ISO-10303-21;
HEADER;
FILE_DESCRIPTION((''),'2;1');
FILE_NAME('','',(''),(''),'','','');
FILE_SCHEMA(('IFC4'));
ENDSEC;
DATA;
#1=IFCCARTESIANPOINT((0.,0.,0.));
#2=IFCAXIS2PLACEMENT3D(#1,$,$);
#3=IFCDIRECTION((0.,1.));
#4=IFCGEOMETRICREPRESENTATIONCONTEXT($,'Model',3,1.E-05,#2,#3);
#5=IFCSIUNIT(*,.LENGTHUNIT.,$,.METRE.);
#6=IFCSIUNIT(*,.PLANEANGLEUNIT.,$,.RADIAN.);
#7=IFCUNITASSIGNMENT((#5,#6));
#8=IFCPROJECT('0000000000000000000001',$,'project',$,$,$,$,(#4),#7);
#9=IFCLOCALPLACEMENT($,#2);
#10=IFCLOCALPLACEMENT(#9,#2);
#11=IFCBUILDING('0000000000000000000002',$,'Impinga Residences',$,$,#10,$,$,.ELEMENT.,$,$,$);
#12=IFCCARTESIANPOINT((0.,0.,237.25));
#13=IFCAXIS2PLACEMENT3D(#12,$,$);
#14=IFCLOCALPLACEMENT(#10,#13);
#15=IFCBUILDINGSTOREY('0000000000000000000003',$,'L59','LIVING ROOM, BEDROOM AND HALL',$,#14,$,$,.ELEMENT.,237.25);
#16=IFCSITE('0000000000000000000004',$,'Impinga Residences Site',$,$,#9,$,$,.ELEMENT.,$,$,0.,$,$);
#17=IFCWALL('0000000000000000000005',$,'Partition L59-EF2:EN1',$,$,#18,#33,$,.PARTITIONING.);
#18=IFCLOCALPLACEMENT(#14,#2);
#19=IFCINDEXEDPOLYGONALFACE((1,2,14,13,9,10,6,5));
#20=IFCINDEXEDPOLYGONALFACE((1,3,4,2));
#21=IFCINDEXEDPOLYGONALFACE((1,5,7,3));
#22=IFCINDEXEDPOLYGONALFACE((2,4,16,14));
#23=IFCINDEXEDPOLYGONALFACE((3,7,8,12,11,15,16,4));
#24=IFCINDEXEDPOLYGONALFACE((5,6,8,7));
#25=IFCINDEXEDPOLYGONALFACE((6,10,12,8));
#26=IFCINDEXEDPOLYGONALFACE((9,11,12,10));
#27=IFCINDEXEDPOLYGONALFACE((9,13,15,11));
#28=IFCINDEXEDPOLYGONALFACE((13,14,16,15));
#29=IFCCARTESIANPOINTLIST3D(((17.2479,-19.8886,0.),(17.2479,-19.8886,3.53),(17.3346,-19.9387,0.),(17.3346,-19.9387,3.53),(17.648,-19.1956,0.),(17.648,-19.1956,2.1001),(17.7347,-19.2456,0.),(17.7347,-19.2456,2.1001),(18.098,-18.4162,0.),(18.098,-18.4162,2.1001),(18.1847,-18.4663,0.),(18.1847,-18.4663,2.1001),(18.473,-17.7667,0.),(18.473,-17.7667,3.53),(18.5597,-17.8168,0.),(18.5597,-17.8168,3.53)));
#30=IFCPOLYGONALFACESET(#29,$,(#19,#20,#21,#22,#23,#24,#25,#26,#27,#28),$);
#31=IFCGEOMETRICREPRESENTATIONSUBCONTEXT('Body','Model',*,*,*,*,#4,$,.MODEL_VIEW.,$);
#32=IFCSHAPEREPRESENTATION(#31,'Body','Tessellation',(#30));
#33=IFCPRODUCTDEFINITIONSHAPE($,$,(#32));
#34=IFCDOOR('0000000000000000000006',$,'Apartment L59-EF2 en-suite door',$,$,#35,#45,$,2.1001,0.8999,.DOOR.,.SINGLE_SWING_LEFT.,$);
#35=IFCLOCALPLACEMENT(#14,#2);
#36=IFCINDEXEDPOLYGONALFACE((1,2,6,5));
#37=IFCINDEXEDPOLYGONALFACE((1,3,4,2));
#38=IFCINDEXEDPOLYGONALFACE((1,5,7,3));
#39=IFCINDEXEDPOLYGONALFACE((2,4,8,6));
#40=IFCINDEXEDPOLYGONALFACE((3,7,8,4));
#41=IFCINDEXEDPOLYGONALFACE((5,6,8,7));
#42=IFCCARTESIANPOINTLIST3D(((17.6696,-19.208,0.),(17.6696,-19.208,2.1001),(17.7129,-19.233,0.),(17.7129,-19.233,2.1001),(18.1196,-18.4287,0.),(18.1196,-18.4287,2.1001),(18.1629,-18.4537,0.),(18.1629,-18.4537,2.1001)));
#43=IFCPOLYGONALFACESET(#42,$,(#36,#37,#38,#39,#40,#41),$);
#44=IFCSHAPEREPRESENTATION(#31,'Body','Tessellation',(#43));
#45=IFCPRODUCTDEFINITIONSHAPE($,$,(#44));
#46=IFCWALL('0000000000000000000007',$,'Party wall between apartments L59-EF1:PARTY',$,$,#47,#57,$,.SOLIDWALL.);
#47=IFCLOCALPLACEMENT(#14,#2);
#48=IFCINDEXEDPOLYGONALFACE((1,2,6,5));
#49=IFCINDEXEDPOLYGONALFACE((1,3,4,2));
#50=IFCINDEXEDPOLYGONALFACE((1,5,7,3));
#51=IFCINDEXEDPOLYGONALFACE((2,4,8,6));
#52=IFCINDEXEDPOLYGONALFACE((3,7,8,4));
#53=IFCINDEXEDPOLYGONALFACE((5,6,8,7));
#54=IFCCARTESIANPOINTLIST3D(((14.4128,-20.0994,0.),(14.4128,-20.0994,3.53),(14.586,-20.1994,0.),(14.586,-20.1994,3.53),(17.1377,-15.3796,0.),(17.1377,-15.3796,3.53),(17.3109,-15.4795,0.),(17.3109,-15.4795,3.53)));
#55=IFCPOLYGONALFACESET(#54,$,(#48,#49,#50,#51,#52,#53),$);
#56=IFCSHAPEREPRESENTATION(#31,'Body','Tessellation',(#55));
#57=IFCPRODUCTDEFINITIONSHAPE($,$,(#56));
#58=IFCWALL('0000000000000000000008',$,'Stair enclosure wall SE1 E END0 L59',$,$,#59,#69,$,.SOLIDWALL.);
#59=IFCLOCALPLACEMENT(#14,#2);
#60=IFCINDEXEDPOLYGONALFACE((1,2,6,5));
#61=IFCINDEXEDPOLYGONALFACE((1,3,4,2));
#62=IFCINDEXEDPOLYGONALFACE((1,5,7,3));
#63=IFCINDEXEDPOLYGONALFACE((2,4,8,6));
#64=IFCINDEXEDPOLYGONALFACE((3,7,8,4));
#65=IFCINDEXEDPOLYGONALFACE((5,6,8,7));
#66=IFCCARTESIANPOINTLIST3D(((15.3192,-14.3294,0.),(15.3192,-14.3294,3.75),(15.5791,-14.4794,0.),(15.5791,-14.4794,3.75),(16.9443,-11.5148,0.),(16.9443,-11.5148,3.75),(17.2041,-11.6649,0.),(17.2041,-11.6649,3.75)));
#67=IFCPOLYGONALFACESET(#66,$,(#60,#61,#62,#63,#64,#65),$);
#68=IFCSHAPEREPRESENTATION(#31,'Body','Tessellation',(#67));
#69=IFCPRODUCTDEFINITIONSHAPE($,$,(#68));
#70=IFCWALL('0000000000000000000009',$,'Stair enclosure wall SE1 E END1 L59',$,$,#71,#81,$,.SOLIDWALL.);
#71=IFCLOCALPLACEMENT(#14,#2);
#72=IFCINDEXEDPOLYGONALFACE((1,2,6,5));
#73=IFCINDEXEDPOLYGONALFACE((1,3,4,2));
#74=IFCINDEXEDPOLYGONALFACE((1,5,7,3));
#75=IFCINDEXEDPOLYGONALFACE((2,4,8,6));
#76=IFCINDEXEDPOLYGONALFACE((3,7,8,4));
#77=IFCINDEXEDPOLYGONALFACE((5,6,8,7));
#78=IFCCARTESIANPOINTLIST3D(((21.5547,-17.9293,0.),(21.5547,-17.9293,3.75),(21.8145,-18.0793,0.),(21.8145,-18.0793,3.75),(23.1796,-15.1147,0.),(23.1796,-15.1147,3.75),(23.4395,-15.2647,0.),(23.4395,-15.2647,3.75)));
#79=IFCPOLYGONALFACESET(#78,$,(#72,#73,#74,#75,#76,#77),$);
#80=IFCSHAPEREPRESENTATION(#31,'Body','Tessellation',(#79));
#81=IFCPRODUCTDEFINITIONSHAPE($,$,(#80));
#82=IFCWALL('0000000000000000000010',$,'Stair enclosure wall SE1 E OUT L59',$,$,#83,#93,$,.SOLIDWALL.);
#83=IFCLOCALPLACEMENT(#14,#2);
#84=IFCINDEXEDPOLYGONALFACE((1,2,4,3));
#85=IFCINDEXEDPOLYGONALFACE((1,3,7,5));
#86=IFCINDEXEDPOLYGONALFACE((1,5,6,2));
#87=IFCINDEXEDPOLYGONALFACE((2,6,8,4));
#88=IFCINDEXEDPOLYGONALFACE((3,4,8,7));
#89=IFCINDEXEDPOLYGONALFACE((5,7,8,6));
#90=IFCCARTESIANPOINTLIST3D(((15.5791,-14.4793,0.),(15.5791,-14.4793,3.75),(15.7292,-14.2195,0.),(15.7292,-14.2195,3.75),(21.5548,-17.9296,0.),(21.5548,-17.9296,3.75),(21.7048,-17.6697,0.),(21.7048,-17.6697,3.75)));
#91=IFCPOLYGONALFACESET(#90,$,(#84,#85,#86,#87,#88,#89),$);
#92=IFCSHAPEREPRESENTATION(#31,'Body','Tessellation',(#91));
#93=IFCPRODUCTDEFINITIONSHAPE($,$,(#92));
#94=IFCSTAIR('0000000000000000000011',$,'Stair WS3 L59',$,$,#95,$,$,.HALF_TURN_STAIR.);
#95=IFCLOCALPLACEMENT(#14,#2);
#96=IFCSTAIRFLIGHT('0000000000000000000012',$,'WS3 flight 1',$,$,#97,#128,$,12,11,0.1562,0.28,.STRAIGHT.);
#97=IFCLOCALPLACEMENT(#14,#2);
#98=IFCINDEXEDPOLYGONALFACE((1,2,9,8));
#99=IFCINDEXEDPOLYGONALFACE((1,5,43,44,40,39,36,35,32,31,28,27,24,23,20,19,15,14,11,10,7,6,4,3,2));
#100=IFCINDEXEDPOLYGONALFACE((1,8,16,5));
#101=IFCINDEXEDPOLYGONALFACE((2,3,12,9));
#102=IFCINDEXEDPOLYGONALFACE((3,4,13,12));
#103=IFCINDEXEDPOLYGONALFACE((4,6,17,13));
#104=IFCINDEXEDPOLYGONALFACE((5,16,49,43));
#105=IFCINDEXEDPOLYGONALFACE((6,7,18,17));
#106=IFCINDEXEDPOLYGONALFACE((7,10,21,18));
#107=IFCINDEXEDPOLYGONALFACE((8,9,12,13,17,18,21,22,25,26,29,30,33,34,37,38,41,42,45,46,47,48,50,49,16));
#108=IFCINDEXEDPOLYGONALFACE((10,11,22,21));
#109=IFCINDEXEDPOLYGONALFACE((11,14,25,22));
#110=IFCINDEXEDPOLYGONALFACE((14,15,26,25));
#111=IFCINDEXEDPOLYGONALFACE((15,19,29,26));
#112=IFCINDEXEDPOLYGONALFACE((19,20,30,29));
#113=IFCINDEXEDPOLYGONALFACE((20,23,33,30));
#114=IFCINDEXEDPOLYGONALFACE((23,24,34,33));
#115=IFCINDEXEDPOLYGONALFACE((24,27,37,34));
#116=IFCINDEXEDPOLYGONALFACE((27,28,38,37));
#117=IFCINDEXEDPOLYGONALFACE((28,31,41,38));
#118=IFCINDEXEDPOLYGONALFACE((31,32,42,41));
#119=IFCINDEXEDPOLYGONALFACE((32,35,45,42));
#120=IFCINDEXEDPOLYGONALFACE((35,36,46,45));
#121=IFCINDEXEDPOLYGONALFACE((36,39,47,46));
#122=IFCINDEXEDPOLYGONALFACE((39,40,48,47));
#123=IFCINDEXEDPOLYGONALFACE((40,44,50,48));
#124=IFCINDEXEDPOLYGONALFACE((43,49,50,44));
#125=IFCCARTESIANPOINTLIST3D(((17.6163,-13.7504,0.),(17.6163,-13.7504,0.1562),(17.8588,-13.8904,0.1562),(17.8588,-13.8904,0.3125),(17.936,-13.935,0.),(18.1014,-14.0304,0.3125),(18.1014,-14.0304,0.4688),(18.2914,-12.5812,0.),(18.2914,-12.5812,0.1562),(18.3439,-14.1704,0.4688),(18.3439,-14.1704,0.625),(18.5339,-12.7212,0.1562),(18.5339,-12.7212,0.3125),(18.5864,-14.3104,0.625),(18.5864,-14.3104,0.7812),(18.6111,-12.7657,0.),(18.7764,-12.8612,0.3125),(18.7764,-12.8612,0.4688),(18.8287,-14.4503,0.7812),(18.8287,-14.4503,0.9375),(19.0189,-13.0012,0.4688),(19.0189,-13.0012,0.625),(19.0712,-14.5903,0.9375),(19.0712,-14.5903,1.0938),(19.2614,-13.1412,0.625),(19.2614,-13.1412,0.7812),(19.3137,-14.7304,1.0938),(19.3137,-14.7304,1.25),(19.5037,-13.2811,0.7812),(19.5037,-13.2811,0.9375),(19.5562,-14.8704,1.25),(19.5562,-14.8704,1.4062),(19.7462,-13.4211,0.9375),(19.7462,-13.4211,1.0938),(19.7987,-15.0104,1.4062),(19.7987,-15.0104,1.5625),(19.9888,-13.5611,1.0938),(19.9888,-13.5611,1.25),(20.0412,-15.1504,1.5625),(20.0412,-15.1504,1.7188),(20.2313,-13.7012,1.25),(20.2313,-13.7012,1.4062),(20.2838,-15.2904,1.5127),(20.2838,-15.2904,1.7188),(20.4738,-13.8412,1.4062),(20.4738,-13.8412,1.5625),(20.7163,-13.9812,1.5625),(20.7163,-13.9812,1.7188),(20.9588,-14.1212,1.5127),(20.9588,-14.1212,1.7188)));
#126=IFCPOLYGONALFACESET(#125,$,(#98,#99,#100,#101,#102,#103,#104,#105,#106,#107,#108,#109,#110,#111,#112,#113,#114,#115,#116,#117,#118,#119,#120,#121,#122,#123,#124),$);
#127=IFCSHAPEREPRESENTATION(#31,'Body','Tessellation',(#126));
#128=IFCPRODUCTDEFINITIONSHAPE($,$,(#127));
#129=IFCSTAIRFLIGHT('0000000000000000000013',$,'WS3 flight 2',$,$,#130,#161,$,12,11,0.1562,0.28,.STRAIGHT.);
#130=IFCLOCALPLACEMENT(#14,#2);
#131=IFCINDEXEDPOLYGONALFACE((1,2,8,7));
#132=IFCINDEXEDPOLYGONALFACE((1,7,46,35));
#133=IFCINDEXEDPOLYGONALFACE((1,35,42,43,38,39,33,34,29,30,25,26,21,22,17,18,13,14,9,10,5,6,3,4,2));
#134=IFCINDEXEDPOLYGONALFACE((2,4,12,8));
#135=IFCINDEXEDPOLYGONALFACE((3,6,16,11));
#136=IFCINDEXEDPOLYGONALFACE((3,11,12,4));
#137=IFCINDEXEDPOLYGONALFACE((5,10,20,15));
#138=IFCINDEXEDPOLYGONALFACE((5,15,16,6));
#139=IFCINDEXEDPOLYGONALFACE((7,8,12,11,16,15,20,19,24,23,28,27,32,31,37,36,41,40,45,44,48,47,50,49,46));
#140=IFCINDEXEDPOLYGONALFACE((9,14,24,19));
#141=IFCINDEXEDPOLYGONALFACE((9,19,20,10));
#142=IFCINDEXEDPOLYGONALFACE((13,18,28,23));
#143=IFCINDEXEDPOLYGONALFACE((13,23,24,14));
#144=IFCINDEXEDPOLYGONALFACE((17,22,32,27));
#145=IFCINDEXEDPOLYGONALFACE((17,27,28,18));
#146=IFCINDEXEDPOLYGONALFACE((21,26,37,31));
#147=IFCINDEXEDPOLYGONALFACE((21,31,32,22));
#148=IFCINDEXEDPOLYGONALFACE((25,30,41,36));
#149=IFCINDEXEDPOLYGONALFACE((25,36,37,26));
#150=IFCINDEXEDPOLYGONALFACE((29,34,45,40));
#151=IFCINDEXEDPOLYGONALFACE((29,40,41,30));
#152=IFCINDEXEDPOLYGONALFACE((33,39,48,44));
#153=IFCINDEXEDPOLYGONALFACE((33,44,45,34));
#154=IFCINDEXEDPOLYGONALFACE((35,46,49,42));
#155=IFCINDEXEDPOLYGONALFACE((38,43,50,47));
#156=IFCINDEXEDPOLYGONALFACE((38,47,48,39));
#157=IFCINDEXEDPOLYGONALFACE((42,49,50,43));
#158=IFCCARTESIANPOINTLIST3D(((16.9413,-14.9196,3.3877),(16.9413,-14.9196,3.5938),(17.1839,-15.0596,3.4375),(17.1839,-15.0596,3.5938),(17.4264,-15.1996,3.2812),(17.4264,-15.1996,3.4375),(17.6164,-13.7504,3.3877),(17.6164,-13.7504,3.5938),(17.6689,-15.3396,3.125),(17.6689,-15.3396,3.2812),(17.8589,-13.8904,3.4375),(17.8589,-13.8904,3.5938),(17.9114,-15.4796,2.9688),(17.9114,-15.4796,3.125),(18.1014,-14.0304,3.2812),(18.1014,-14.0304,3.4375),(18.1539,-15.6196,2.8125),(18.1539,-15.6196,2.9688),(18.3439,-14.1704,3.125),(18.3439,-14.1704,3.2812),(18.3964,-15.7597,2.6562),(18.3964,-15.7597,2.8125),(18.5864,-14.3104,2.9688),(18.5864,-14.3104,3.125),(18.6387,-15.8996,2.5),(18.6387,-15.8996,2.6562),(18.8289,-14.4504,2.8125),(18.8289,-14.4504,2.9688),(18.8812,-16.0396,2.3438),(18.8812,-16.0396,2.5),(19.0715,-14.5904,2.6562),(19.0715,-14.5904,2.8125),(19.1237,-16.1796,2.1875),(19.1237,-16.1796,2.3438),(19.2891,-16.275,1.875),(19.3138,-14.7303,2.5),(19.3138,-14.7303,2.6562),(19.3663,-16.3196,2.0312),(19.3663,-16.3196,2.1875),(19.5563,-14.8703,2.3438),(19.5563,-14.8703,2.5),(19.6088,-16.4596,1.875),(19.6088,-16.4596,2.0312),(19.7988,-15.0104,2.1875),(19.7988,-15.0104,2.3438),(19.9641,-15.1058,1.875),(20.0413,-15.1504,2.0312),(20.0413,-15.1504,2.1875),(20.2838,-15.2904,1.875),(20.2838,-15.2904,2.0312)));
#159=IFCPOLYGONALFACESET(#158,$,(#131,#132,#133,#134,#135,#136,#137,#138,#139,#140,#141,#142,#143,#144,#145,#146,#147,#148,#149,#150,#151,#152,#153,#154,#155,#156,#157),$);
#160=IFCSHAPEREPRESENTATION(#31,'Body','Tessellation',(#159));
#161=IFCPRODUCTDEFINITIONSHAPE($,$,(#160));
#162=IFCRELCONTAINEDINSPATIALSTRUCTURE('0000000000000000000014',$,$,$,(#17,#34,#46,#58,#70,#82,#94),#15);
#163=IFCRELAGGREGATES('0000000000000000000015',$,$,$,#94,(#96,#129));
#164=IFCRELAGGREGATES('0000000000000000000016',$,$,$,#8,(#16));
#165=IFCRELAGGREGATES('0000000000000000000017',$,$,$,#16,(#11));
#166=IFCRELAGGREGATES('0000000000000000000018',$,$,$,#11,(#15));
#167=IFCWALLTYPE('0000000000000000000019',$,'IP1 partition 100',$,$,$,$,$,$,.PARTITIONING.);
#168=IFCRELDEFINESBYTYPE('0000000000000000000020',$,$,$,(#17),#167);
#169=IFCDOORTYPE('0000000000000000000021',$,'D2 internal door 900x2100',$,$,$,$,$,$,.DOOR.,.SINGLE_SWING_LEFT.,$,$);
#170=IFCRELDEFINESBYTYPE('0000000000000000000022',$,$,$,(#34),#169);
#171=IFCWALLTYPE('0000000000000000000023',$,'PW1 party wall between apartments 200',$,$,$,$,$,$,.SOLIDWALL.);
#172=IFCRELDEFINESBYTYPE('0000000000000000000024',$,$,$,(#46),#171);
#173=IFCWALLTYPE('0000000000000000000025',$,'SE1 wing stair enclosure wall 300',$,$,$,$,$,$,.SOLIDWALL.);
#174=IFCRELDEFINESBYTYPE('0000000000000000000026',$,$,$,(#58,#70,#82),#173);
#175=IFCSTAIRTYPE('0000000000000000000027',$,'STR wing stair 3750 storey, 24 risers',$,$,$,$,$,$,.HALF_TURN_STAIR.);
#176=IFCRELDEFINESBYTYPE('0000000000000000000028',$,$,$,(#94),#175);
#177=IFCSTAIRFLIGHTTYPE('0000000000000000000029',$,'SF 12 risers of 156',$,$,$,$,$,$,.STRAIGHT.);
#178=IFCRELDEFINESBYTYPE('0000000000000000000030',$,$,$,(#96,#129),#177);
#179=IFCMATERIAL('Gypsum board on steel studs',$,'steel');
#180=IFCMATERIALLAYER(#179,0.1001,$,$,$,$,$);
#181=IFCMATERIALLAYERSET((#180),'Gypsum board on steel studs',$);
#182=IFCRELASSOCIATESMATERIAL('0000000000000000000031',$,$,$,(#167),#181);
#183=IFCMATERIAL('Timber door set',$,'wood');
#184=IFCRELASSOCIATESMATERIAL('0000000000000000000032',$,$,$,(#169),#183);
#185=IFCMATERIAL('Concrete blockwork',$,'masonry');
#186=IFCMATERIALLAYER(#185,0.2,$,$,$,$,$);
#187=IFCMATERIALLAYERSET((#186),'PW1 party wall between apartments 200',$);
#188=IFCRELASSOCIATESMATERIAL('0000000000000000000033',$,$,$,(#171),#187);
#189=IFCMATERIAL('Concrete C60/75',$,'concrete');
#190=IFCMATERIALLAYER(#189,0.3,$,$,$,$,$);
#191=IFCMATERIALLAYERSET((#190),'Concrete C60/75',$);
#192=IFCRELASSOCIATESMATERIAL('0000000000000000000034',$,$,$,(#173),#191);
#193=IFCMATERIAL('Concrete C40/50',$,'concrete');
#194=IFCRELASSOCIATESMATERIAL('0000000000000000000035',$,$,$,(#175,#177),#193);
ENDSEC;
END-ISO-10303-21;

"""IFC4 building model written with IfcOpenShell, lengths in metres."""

from ifc_helpers import new_model, si_unit, direction, frame, frame_2d, origin, place, context, subcontext, project, spatial, polyline, rectangle, outline, extrude, material, layer, layer_set, type_object, element, fill, aggregate, save


model = new_model("IFC4")

# Units and contexts
model_context = context("Model", 3, precision=1e-05, world=origin(), true_north=direction((0.0, 1.0)))
body_context = subcontext(model_context, "Body", "Model", "MODEL_VIEW")
ifc_project = project(units=[si_unit("LENGTHUNIT", "METRE"), si_unit("PLANEANGLEUNIT", "RADIAN")], contexts=[model_context])

# Site, building, storey
site_placement = place(None, origin())
site = spatial("IfcSite", under=ifc_project, at=site_placement, Name="Impinga Residences Site", CompositionType="ELEMENT", RefElevation=0.0)
building_placement = place(site_placement, origin())
building = spatial("IfcBuilding", under=site, at=building_placement, Name="Impinga Residences", CompositionType="ELEMENT")
storey_placement = place(building_placement, frame((0.0, 0.0, 237.25)))
storey = spatial("IfcBuildingStorey", under=building, at=storey_placement, Name="L59", Description="LIVING ROOM, BEDROOM AND HALL", CompositionType="ELEMENT", Elevation=237.25)

# Shared definitions
ifc_material_1 = material(Name="Concrete C60/75", Category="concrete")

# Shared definitions
ifc_material_2 = material(Name="Gypsum board on steel studs", Category="steel")
ifc_layer_1 = layer(ifc_material_2, 0.1001)
ifc_layer_set_1 = layer_set([ifc_layer_1], Name="Gypsum board on steel studs")
wall_type_1 = type_object("IfcWallType", Name="IP1 partition 100", PredefinedType="PARTITIONING", material=ifc_layer_set_1)

# Shared definitions
ifc_material_3 = material(Name="Timber door set", Category="wood")
door_type = type_object("IfcDoorType", Name="D2 internal door 900x2100", OperationType="SINGLE_SWING_LEFT", PredefinedType="DOOR", material=ifc_material_3)

# Wall, opening, door
wall_1_placement = place(storey_placement, frame((18.5164, -17.7917, 0.0), z_axis=(0.0, 0.0, 1.0), x_axis=(-0.500019, -0.866015, 0.0)))
wall_1 = element("IfcWall", 1, at=wall_1_placement, inside=storey, type_object=wall_type_1, Name="Partition L59-EF2:EN1", PredefinedType="PARTITIONING", context=body_context, shape_type="SweptSolid", body=[
    extrude(rectangle(XDim=2.4502, YDim=0.1001, at=frame_2d((1.2251, 0.0))), origin(), (0.0, 0.0, 1.0), 3.53),
])
opening_1_placement = place(wall_1_placement, frame((0.75, 0.0, 0.0)))
opening_1 = element("IfcOpeningElement", 2, at=opening_1_placement, cuts=wall_1, PredefinedType="OPENING", context=body_context, shape_type="SweptSolid", body=[
    extrude(rectangle(XDim=0.8999, YDim=2.1001, at=frame_2d((0.45, 1.05))), frame((0.0, 0.0601, 0.0), z_axis=(0.0, -1.0, 0.0), x_axis=(1.0, 0.0, 0.0)), (0.0, 0.0, 1.0), 0.1201),
])
door_1_placement = place(opening_1_placement, origin())
door_1 = element("IfcDoor", 3, at=door_1_placement, inside=storey, type_object=door_type, Name="Apartment L59-EF2 en-suite door", OperationType="SINGLE_SWING_LEFT", OverallHeight=2.1001, OverallWidth=0.8999, PredefinedType="DOOR", context=body_context, shape_type="SweptSolid", body=[
    extrude(rectangle(XDim=0.8999, YDim=2.1001, at=frame_2d((0.45, 1.05))), frame((0.0, 0.0249, 0.0), z_axis=(0.0, -1.0, 0.0), x_axis=(1.0, 0.0, 0.0)), (0.0, 0.0, 1.0), 0.05),
])
fill(opening_1, door_1)

# Walls
ifc_material_4 = material(Name="Concrete blockwork", Category="masonry")
ifc_layer_2 = layer(ifc_material_4, 0.2)
ifc_layer_set_2 = layer_set([ifc_layer_2], Name="PW1 party wall between apartments 200")
wall_type_2 = type_object("IfcWallType", Name="PW1 party wall between apartments 200", PredefinedType="SOLIDWALL", material=ifc_layer_set_2)
wall_2_placement = place(storey_placement, frame((17.2244, -15.4294, 0.0), z_axis=(0.0, 0.0, 1.0), x_axis=(-0.499989, -0.866032, 0.0)))
element("IfcWall", 4, at=wall_2_placement, inside=storey, type_object=wall_type_2, Name="Party wall between apartments L59-EF1:PARTY", PredefinedType="SOLIDWALL", context=body_context, shape_type="SweptSolid", body=[
    extrude(rectangle(XDim=5.45, YDim=0.2, at=frame_2d((2.7251, 0.0))), origin(), (0.0, 0.0, 1.0), 3.53),
])
ifc_layer_3 = layer(ifc_material_1, 0.3)
ifc_layer_set_3 = layer_set([ifc_layer_3], Name="Concrete C60/75")
wall_type_3 = type_object("IfcWallType", Name="SE1 wing stair enclosure wall 300", PredefinedType="SOLIDWALL", material=ifc_layer_set_3)
for number, where, z_axis, x_axis, name in (
    (5, (17.0742, -11.5898, 0.0), (0.0, 0.0, 1.0), (-0.500017, -0.866015, 0.0), "Stair enclosure wall SE1 E END0 L59"),
    (6, (23.3096, -15.1897, 0.0), (0.0, 0.0, 1.0), (-0.499985, -0.866034, 0.0), "Stair enclosure wall SE1 E END1 L59"),
):
    element("IfcWall", number, at=place(storey_placement, frame(where, z_axis=z_axis, x_axis=x_axis)), inside=storey, type_object=wall_type_3, Name=name, PredefinedType="SOLIDWALL", context=body_context, shape_type="SweptSolid", body=[
        extrude(rectangle(XDim=3.25, YDim=0.3, at=frame_2d((1.625, 0.0))), origin(), (0.0, 0.0, 1.0), 3.75),
    ])
wall_3_placement = place(storey_placement, frame((15.6541, -14.3494, 0.0), z_axis=(0.0, 0.0, 1.0), x_axis=(0.866014, -0.500021, 0.0)))
element("IfcWall", 7, at=wall_3_placement, inside=storey, type_object=wall_type_3, Name="Stair enclosure wall SE1 E OUT L59", PredefinedType="SOLIDWALL", context=body_context, shape_type="SweptSolid", body=[
    extrude(rectangle(XDim=6.9001, YDim=0.3, at=frame_2d((3.4502, 0.0))), origin(), (0.0, 0.0, 1.0), 3.75),
])

# Stair, stair flights
ifc_material_5 = material(Name="Concrete C40/50", Category="concrete")
stair_type = type_object("IfcStairType", Name="STR wing stair 3750 storey, 24 risers", PredefinedType="HALF_TURN_STAIR", material=ifc_material_5)
stair_placement = place(storey_placement, origin())
stair = element("IfcStair", 8, at=stair_placement, inside=storey, type_object=stair_type, Name="Stair WS3 L59", PredefinedType="HALF_TURN_STAIR")
stair_flight_type = type_object("IfcStairFlightType", Name="SF 12 risers of 156", PredefinedType="STRAIGHT", material=ifc_material_5)
stair_flight_1_placement = place(storey_placement, frame((17.9539, -13.1658, 0.0), z_axis=(0.0, 0.0, 1.0), x_axis=(0.866025, -0.5, 0.0)))
stair_flight_1 = element("IfcStairFlight", 9, at=stair_flight_1_placement, type_object=stair_flight_type, Name="WS3 flight 1", NumberOfRisers=12, NumberOfTreads=11, PredefinedType="STRAIGHT", RiserHeight=0.1562, TreadLength=0.28, context=body_context, shape_type="SweptSolid", body=[
    extrude(outline(polyline([(0.0, 0.0), (0.0, 0.1562), (0.28, 0.1562), (0.28, 0.3125), (0.5601, 0.3125), (0.5601, 0.4688), (0.8401, 0.4688), (0.8401, 0.625), (1.1201, 0.625), (1.1201, 0.7812), (1.3999, 0.7812), (1.3999, 0.9375), (1.6799, 0.9375), (1.6799, 1.0938), (1.96, 1.0938), (1.96, 1.25), (2.24, 1.25), (2.24, 1.4062), (2.52, 1.4062), (2.52, 1.5625), (2.8, 1.5625), (2.8, 1.7188), (3.0801, 1.7188), (3.0801, 1.875), (3.0801, 1.5127), (0.3691, 0.0), (0.0, 0.0)])), frame((0.0, 0.675, 0.0), z_axis=(0.0, -1.0, 0.0), x_axis=(1.0, 0.0, 0.0)), (0.0, 0.0, 1.0), 1.3501),
])
stair_flight_2_placement = place(storey_placement, frame((19.9463, -15.875, 1.875), z_axis=(0.0, 0.0, 1.0), x_axis=(-0.866025, 0.5, 0.0)))
stair_flight_2 = element("IfcStairFlight", 10, at=stair_flight_2_placement, type_object=stair_flight_type, Name="WS3 flight 2", NumberOfRisers=12, NumberOfTreads=11, PredefinedType="STRAIGHT", RiserHeight=0.1562, TreadLength=0.28, context=body_context, shape_type="SweptSolid", body=[
    extrude(outline(polyline([(0.0, 0.0), (0.0, 0.1562), (0.28, 0.1562), (0.28, 0.3125), (0.5601, 0.3125), (0.5601, 0.4688), (0.8401, 0.4688), (0.8401, 0.625), (1.1201, 0.625), (1.1201, 0.7812), (1.3999, 0.7812), (1.3999, 0.9375), (1.6799, 0.9375), (1.6799, 1.0938), (1.96, 1.0938), (1.96, 1.25), (2.24, 1.25), (2.24, 1.4062), (2.52, 1.4062), (2.52, 1.5625), (2.8, 1.5625), (2.8, 1.7188), (3.0801, 1.7188), (3.0801, 1.875), (3.0801, 1.5127), (0.3691, 0.0), (0.0, 0.0)])), frame((0.0, 0.675, 0.0), z_axis=(0.0, -1.0, 0.0), x_axis=(1.0, 0.0, 0.0)), (0.0, 0.0, 1.0), 1.3501),
])
aggregate(stair, [stair_flight_1, stair_flight_2])

save(model, "model.ifc")
